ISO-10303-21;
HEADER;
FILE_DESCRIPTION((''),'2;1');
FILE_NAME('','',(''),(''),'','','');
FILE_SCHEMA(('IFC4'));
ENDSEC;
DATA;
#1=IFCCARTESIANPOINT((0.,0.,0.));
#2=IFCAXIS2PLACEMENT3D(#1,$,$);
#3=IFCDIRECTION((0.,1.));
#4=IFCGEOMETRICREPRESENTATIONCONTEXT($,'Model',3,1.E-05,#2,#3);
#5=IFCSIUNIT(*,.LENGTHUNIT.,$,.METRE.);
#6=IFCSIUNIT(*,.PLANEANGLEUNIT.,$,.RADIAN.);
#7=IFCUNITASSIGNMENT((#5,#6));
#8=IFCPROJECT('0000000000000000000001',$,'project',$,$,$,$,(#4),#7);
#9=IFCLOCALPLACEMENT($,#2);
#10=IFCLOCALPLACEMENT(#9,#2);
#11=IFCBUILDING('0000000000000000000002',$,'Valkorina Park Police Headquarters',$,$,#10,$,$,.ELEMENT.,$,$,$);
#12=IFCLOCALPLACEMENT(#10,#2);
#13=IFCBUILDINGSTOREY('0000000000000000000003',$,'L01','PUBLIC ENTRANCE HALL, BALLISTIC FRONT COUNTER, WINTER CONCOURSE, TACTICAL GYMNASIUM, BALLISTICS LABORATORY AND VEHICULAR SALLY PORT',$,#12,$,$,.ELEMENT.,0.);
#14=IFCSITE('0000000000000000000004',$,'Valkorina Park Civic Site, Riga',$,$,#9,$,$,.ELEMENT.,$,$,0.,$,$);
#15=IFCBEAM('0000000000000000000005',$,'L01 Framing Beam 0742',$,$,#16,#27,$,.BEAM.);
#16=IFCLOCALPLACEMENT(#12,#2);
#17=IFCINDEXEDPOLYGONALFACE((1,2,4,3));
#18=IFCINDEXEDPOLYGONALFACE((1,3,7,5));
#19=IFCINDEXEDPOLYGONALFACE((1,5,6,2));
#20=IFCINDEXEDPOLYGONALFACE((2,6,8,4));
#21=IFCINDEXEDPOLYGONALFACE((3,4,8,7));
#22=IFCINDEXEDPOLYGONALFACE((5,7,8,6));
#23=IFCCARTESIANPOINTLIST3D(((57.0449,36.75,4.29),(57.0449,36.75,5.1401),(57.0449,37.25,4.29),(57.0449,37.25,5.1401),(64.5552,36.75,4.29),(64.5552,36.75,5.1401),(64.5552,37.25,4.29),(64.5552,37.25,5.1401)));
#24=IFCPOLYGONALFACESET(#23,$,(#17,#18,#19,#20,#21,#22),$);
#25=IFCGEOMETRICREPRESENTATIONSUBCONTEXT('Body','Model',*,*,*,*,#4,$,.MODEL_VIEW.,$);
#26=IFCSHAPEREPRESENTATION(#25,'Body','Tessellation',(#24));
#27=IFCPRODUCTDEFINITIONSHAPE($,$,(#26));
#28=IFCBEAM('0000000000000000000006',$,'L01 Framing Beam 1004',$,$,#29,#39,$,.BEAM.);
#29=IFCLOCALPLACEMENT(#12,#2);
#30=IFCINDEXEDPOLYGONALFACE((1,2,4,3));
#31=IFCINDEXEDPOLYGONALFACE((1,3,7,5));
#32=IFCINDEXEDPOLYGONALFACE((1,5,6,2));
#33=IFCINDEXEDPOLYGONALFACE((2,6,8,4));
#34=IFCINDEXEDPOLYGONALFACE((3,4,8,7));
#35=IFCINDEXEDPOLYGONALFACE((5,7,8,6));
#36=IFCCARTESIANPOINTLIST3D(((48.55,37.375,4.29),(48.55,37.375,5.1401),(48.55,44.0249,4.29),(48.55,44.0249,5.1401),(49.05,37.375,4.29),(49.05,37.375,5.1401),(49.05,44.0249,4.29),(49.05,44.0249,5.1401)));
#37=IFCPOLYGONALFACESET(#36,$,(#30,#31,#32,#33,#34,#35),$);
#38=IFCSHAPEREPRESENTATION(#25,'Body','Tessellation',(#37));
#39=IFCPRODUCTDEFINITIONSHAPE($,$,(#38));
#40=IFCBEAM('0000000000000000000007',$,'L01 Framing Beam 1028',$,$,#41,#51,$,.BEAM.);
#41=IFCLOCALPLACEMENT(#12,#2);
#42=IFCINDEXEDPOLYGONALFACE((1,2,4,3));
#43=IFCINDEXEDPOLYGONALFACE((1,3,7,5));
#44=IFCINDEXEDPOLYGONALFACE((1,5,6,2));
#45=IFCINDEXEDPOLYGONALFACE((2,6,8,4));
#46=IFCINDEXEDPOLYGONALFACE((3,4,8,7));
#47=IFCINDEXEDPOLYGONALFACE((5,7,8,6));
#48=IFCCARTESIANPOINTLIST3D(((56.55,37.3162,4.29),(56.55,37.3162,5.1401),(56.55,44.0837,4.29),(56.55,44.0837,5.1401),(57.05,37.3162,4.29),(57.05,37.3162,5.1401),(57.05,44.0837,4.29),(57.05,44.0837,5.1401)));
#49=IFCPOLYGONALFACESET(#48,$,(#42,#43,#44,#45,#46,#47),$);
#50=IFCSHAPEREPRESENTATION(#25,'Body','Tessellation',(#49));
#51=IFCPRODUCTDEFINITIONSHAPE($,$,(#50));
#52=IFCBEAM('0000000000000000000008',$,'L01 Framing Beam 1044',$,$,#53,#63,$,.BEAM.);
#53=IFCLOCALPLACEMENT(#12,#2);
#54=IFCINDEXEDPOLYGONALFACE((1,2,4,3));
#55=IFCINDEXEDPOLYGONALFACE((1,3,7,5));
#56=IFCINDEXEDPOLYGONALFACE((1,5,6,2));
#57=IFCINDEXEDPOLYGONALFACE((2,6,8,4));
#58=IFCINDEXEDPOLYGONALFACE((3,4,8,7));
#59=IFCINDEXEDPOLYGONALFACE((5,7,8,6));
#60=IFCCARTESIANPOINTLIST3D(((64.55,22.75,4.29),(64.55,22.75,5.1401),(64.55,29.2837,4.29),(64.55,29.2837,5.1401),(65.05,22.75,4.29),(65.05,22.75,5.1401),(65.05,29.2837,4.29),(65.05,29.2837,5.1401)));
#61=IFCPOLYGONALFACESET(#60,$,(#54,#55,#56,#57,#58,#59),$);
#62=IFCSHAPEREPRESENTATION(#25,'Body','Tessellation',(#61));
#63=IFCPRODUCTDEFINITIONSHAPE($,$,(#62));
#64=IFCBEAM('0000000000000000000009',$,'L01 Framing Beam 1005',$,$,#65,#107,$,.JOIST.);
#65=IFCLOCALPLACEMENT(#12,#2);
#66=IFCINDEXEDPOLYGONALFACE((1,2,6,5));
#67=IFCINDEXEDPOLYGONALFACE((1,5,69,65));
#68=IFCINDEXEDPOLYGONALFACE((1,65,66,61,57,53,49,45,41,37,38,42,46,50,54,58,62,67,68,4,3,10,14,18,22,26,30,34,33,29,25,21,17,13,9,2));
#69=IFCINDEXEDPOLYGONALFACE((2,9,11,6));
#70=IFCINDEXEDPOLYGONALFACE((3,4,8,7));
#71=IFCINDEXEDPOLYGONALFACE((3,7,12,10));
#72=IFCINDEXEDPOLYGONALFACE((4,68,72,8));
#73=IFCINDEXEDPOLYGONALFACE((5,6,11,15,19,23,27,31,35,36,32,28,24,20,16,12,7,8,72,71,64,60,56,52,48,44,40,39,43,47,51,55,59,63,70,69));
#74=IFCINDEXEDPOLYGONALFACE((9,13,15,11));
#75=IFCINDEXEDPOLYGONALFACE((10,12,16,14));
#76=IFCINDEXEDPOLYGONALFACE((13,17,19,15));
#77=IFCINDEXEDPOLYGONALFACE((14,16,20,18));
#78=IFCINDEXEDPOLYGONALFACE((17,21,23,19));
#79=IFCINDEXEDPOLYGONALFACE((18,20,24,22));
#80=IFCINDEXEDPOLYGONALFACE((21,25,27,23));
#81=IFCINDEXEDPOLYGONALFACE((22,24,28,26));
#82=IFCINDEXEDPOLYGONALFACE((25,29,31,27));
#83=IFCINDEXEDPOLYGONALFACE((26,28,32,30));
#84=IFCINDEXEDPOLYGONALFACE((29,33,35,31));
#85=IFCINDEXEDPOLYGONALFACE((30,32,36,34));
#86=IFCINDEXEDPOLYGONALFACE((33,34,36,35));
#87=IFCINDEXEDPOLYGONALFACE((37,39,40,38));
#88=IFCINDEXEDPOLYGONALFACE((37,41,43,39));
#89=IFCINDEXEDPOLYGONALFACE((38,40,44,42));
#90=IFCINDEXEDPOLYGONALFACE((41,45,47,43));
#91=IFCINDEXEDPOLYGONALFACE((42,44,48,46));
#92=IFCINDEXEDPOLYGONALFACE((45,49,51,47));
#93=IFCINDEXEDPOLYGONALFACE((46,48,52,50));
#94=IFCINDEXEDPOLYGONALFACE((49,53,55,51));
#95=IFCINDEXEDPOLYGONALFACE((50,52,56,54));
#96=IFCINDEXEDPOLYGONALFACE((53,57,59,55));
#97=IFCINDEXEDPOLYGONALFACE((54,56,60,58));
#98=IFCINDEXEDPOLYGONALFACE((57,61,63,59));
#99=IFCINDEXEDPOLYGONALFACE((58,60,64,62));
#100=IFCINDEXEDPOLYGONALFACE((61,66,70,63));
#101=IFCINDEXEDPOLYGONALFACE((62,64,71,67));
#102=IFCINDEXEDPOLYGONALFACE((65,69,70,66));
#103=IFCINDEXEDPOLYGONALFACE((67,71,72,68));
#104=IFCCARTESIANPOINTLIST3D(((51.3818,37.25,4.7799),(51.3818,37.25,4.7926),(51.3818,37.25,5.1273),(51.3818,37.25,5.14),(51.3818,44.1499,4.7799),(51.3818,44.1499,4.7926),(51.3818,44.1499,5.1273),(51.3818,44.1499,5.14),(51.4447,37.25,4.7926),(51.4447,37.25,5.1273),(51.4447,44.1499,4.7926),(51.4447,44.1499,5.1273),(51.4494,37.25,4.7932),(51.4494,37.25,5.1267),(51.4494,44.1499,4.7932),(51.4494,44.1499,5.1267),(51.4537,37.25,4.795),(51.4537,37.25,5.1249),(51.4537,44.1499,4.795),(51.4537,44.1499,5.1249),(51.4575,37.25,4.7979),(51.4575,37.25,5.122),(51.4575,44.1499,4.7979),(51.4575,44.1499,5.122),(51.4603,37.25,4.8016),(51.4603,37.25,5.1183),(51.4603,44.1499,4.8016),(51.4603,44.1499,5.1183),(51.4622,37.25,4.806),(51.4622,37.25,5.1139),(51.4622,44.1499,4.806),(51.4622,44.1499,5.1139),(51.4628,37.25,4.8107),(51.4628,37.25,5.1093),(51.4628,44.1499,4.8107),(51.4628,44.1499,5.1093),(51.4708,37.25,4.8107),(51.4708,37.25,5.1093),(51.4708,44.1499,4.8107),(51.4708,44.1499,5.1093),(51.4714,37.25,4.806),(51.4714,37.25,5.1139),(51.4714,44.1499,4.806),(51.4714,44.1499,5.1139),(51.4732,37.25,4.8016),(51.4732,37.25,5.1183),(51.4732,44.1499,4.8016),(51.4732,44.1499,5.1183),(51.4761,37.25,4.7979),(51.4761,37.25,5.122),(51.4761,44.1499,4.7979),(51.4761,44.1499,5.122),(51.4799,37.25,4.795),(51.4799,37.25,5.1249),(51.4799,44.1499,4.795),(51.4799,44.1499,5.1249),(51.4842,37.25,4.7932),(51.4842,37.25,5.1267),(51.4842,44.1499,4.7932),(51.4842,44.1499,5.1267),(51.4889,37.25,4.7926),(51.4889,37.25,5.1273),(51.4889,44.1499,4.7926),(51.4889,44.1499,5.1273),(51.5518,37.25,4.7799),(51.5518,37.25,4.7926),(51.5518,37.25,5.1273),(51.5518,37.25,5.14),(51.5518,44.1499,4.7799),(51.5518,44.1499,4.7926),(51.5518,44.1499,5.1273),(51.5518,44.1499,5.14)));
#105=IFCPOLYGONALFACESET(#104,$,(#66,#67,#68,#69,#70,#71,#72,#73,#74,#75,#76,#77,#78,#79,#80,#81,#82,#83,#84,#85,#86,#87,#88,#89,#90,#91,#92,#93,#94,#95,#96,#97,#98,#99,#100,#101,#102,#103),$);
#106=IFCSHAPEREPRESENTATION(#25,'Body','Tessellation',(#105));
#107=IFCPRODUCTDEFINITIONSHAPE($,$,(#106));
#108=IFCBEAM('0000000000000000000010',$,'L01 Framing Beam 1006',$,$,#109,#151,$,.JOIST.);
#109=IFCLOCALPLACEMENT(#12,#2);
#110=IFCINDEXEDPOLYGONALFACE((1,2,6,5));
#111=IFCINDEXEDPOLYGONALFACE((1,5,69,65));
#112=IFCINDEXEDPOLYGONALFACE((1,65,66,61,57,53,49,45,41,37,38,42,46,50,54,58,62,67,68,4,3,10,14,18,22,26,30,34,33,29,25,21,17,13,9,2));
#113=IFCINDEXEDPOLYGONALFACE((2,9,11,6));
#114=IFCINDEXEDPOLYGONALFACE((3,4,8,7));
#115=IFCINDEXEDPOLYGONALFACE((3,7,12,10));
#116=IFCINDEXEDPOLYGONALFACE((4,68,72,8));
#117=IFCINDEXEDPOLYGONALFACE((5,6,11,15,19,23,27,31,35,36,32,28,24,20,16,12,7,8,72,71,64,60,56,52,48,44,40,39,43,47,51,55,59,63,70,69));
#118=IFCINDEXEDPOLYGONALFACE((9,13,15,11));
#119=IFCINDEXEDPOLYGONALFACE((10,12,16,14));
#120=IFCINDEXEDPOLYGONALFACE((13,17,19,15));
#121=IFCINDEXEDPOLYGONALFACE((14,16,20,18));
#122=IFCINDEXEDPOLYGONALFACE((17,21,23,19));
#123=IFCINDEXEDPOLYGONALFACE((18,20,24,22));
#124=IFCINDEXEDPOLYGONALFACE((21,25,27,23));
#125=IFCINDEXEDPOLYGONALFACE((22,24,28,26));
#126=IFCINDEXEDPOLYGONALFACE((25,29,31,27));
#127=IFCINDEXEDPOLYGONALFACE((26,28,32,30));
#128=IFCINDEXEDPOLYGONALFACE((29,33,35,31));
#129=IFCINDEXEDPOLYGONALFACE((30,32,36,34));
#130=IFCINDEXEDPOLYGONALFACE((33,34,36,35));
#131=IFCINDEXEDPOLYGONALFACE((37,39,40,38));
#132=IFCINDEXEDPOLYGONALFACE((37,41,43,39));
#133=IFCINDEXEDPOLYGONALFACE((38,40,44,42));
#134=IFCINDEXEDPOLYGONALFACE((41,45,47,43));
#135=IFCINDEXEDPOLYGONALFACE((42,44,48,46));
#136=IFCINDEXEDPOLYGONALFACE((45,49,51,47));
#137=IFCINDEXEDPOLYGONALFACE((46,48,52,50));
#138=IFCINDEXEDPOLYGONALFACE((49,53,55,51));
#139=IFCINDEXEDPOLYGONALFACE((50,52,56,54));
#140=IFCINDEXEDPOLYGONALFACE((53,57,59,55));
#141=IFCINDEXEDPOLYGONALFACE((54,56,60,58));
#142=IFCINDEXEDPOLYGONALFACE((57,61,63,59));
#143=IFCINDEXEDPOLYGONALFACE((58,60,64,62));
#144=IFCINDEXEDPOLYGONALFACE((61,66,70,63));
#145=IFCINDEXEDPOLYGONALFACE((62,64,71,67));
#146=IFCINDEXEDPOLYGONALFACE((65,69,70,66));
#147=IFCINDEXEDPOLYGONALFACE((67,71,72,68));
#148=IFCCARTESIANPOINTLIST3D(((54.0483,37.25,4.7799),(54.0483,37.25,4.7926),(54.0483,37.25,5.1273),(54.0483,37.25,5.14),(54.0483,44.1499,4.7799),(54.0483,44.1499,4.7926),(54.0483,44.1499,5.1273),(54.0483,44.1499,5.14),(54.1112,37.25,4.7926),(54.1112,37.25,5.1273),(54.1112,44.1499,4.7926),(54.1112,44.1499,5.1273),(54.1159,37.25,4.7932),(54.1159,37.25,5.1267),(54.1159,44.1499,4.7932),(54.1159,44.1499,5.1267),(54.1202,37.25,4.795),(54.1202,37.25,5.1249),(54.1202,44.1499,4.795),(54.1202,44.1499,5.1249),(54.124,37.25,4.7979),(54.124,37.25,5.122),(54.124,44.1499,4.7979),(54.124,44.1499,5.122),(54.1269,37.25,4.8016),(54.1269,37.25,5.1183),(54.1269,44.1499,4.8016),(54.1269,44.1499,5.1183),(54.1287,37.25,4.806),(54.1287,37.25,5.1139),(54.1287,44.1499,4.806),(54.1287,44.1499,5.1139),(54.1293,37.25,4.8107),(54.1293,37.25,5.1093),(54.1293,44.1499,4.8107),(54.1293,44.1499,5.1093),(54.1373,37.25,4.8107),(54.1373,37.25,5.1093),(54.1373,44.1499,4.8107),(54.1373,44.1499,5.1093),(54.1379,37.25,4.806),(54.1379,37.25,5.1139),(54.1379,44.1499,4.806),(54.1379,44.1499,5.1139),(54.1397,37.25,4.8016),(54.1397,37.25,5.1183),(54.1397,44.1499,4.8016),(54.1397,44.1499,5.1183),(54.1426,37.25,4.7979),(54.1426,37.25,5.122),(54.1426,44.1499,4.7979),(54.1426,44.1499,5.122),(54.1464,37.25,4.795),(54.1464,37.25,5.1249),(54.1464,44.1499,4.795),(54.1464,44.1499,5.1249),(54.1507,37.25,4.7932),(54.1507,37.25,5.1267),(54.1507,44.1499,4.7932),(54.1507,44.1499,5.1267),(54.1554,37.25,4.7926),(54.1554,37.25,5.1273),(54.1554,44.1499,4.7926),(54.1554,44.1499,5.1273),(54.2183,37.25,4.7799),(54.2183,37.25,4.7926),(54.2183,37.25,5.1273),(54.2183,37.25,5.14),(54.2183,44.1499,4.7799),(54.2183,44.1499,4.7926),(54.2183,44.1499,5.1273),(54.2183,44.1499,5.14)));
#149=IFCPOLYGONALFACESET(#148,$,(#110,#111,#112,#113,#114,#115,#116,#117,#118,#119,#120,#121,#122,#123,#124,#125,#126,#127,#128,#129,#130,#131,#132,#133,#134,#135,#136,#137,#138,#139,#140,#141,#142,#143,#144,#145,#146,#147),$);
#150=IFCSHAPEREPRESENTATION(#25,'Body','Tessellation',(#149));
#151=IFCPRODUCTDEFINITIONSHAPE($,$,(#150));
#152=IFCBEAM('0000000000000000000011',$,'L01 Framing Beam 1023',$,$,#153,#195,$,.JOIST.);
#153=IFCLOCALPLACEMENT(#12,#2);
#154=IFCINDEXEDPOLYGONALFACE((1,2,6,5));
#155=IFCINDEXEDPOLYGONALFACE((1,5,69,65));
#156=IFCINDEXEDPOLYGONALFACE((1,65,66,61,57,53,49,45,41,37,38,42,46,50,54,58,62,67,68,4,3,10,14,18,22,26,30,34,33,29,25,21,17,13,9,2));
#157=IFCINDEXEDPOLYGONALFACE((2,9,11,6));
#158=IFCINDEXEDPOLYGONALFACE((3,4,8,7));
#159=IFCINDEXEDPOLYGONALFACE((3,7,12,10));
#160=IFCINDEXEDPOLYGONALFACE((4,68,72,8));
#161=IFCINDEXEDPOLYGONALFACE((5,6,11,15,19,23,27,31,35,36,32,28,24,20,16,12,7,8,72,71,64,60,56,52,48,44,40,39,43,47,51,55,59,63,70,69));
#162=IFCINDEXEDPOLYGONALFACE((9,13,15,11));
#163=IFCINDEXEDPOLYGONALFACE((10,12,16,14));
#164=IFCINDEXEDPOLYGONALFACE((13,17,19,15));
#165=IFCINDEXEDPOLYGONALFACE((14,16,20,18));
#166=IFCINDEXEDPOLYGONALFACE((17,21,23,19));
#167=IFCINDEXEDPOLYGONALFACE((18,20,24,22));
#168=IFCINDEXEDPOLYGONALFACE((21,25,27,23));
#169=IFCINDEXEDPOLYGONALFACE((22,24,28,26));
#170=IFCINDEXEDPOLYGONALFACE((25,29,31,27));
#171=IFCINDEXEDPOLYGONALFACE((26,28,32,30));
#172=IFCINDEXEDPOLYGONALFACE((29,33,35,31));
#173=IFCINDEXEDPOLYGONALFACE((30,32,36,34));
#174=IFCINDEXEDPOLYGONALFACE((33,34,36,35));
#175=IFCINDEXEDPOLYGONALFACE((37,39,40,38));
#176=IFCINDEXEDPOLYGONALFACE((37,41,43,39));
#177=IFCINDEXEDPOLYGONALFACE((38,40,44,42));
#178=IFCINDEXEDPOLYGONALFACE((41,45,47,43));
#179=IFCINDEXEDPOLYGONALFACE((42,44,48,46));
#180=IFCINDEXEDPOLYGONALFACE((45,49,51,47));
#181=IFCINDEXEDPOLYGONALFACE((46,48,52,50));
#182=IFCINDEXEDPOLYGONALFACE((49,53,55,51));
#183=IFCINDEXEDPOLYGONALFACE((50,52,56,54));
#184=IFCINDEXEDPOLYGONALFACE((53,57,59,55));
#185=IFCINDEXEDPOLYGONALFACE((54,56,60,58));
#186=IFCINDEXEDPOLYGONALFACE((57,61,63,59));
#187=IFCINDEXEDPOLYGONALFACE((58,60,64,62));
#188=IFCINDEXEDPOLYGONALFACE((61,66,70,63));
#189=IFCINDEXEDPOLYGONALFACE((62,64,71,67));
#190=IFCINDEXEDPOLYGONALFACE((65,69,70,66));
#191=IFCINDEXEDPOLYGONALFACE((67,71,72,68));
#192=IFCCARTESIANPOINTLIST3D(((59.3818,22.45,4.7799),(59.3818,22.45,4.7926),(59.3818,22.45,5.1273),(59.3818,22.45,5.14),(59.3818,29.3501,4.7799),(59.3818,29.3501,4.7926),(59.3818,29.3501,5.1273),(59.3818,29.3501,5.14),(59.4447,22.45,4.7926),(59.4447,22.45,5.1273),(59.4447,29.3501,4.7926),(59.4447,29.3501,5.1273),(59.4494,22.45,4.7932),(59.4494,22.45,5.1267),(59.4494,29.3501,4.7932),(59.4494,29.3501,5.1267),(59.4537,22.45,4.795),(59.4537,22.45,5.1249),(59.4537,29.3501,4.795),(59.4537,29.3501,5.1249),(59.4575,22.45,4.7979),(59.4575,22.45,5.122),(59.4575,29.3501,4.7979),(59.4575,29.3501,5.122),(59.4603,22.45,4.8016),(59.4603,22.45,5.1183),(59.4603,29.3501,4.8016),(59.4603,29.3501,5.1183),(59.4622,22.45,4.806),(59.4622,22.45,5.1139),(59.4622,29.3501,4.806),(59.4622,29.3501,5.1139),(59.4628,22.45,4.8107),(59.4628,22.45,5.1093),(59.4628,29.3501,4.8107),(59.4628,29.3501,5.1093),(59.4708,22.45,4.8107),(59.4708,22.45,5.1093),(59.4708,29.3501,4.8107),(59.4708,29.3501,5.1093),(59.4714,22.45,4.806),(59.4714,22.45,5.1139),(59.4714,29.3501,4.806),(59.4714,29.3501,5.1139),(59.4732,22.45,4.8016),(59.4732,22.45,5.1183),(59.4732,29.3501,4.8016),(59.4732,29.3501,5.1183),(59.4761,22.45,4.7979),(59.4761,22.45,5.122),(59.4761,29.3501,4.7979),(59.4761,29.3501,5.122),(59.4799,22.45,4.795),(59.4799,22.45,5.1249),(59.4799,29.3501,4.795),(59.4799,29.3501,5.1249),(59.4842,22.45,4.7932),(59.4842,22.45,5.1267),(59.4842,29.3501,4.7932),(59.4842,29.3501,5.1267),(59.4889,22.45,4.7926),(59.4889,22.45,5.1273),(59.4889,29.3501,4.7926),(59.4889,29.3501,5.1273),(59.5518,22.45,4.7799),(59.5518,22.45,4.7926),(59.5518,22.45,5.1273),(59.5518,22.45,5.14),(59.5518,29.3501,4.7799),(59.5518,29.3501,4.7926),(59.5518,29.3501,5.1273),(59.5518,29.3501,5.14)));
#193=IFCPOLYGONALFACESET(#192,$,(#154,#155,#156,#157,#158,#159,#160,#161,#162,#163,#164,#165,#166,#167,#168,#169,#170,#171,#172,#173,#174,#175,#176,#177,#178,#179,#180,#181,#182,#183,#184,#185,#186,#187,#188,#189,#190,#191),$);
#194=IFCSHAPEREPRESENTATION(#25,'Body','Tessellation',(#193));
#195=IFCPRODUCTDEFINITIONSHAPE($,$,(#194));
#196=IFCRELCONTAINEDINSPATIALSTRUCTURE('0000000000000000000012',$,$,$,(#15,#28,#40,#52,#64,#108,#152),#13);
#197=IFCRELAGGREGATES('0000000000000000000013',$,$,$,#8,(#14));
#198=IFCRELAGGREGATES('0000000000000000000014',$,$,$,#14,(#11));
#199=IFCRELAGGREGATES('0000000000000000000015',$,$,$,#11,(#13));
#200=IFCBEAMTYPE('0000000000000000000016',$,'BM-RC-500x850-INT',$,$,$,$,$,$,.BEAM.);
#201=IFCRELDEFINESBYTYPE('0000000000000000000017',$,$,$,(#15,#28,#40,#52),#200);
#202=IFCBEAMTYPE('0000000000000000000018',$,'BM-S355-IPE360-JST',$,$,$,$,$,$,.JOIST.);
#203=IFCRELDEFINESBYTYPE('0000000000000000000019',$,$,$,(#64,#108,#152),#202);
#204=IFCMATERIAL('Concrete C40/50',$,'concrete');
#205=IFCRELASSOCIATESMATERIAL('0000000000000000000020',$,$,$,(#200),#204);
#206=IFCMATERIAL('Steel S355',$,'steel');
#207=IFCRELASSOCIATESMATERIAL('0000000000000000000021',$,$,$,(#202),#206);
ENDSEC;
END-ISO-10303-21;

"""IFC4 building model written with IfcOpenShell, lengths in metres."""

from ifc_helpers import new_model, si_unit, direction, frame, origin, origin_2d, place, context, subcontext, project, spatial, rectangle, i_section, extrude, material, material_profile, profile_set, type_object, element, save


model = new_model("IFC4")

# Units and contexts
model_context = context("Model", 3, precision=1e-05, world=origin(), true_north=direction((0.0, 1.0)))
body_context = subcontext(model_context, "Body", "Model", "MODEL_VIEW")
ifc_project = project(units=[si_unit("LENGTHUNIT", "METRE"), si_unit("PLANEANGLEUNIT", "RADIAN")], contexts=[model_context])

# Site, building, storey
site_placement = place(None, origin())
site = spatial("IfcSite", under=ifc_project, at=site_placement, Name="Valkorina Park Civic Site, Riga", CompositionType="ELEMENT", RefElevation=0.0)
building_placement = place(site_placement, origin())
building = spatial("IfcBuilding", under=site, at=building_placement, Name="Valkorina Park Police Headquarters", CompositionType="ELEMENT")
storey_placement = place(building_placement, origin())
storey = spatial("IfcBuildingStorey", under=building, at=storey_placement, Name="L01", Description="PUBLIC ENTRANCE HALL, BALLISTIC FRONT COUNTER, WINTER CONCOURSE, TACTICAL GYMNASIUM, BALLISTICS LABORATORY AND VEHICULAR SALLY PORT", CompositionType="ELEMENT", Elevation=0.0)

# Shared definitions
ifc_material_1 = material(Name="Concrete C40/50", Category="concrete")

# Beams
ifc_material_profile_1 = material_profile(ifc_material_1, rectangle(XDim=0.5, YDim=0.8501, at=origin_2d()), Name="RC BEAM 500x850")
ifc_profile_set_1 = profile_set([ifc_material_profile_1], Name="Concrete C40/50")
beam_type_1 = type_object("IfcBeamType", Name="BM-RC-500x850-INT", PredefinedType="BEAM", material=ifc_profile_set_1)
for number, where, z_axis, x_axis, name in (
    (1, (57.0449, 37.0, 4.7151), (1.0, 0.0, 0.0), (0.0, 1.0, 0.0), "L01 Framing Beam 0742"),
):
    element("IfcBeam", number, at=place(storey_placement, frame(where, z_axis=z_axis, x_axis=x_axis)), inside=storey, type_object=beam_type_1, Name=name, PredefinedType="BEAM", context=body_context, shape_type="SweptSolid", body=[
        extrude(rectangle(XDim=0.5, YDim=0.8501, at=origin_2d()), origin(), (0.0, 0.0, 1.0), 7.5103),
    ])
beam_1_placement = place(storey_placement, frame((48.8, 37.375, 4.7151), z_axis=(0.0, 1.0, 0.0), x_axis=(-1.0, 0.0, 0.0)))
element("IfcBeam", 2, at=beam_1_placement, inside=storey, type_object=beam_type_1, Name="L01 Framing Beam 1004", PredefinedType="BEAM", context=body_context, shape_type="SweptSolid", body=[
    extrude(rectangle(XDim=0.5, YDim=0.8501, at=origin_2d()), origin(), (0.0, 0.0, 1.0), 6.6499),
])
beam_2_placement = place(storey_placement, frame((56.8, 37.3162, 4.7151), z_axis=(0.0, 1.0, 0.0), x_axis=(-1.0, 0.0, 0.0)))
element("IfcBeam", 3, at=beam_2_placement, inside=storey, type_object=beam_type_1, Name="L01 Framing Beam 1028", PredefinedType="BEAM", context=body_context, shape_type="SweptSolid", body=[
    extrude(rectangle(XDim=0.5, YDim=0.8501, at=origin_2d()), origin(), (0.0, 0.0, 1.0), 6.7676),
])
beam_3_placement = place(storey_placement, frame((64.8, 22.75, 4.7151), z_axis=(0.0, 1.0, 0.0), x_axis=(-1.0, 0.0, 0.0)))
element("IfcBeam", 4, at=beam_3_placement, inside=storey, type_object=beam_type_1, Name="L01 Framing Beam 1044", PredefinedType="BEAM", context=body_context, shape_type="SweptSolid", body=[
    extrude(rectangle(XDim=0.5, YDim=0.8501, at=origin_2d()), origin(), (0.0, 0.0, 1.0), 6.5337),
])
ifc_material_2 = material(Name="Steel S355", Category="steel")
ifc_material_profile_2 = material_profile(ifc_material_2, i_section(OverallWidth=0.1699, OverallDepth=0.3601, WebThickness=0.0081, FlangeThickness=0.0127, FilletRadius=0.0181, at=origin_2d()), Name="IPE 360")
ifc_profile_set_2 = profile_set([ifc_material_profile_2], Name="Steel S355")
beam_type_2 = type_object("IfcBeamType", Name="BM-S355-IPE360-JST", PredefinedType="JOIST", material=ifc_profile_set_2)
for number, where, z_axis, x_axis, name in (
    (5, (51.4668, 37.25, 4.96), (0.0, 1.0, 0.0), (-1.0, 0.0, 0.0), "L01 Framing Beam 1005"),
    (6, (54.1333, 37.25, 4.96), (0.0, 1.0, 0.0), (-1.0, 0.0, 0.0), "L01 Framing Beam 1006"),
):
    element("IfcBeam", number, at=place(storey_placement, frame(where, z_axis=z_axis, x_axis=x_axis)), inside=storey, type_object=beam_type_2, Name=name, PredefinedType="JOIST", context=body_context, shape_type="SweptSolid", body=[
        extrude(i_section(OverallWidth=0.1699, OverallDepth=0.3601, WebThickness=0.0081, FlangeThickness=0.0127, FilletRadius=0.0181, at=origin_2d()), origin(), (0.0, 0.0, 1.0), 6.8999),
    ])
for number, where, z_axis, x_axis, name in (
    (7, (59.4668, 22.45, 4.96), (0.0, 1.0, 0.0), (-1.0, 0.0, 0.0), "L01 Framing Beam 1023"),
):
    element("IfcBeam", number, at=place(storey_placement, frame(where, z_axis=z_axis, x_axis=x_axis)), inside=storey, type_object=beam_type_2, Name=name, PredefinedType="JOIST", context=body_context, shape_type="SweptSolid", body=[
        extrude(i_section(OverallWidth=0.1699, OverallDepth=0.3601, WebThickness=0.0081, FlangeThickness=0.0127, FilletRadius=0.0181, at=origin_2d()), origin(), (0.0, 0.0, 1.0), 6.9001),
    ])

save(model, "model.ifc")
